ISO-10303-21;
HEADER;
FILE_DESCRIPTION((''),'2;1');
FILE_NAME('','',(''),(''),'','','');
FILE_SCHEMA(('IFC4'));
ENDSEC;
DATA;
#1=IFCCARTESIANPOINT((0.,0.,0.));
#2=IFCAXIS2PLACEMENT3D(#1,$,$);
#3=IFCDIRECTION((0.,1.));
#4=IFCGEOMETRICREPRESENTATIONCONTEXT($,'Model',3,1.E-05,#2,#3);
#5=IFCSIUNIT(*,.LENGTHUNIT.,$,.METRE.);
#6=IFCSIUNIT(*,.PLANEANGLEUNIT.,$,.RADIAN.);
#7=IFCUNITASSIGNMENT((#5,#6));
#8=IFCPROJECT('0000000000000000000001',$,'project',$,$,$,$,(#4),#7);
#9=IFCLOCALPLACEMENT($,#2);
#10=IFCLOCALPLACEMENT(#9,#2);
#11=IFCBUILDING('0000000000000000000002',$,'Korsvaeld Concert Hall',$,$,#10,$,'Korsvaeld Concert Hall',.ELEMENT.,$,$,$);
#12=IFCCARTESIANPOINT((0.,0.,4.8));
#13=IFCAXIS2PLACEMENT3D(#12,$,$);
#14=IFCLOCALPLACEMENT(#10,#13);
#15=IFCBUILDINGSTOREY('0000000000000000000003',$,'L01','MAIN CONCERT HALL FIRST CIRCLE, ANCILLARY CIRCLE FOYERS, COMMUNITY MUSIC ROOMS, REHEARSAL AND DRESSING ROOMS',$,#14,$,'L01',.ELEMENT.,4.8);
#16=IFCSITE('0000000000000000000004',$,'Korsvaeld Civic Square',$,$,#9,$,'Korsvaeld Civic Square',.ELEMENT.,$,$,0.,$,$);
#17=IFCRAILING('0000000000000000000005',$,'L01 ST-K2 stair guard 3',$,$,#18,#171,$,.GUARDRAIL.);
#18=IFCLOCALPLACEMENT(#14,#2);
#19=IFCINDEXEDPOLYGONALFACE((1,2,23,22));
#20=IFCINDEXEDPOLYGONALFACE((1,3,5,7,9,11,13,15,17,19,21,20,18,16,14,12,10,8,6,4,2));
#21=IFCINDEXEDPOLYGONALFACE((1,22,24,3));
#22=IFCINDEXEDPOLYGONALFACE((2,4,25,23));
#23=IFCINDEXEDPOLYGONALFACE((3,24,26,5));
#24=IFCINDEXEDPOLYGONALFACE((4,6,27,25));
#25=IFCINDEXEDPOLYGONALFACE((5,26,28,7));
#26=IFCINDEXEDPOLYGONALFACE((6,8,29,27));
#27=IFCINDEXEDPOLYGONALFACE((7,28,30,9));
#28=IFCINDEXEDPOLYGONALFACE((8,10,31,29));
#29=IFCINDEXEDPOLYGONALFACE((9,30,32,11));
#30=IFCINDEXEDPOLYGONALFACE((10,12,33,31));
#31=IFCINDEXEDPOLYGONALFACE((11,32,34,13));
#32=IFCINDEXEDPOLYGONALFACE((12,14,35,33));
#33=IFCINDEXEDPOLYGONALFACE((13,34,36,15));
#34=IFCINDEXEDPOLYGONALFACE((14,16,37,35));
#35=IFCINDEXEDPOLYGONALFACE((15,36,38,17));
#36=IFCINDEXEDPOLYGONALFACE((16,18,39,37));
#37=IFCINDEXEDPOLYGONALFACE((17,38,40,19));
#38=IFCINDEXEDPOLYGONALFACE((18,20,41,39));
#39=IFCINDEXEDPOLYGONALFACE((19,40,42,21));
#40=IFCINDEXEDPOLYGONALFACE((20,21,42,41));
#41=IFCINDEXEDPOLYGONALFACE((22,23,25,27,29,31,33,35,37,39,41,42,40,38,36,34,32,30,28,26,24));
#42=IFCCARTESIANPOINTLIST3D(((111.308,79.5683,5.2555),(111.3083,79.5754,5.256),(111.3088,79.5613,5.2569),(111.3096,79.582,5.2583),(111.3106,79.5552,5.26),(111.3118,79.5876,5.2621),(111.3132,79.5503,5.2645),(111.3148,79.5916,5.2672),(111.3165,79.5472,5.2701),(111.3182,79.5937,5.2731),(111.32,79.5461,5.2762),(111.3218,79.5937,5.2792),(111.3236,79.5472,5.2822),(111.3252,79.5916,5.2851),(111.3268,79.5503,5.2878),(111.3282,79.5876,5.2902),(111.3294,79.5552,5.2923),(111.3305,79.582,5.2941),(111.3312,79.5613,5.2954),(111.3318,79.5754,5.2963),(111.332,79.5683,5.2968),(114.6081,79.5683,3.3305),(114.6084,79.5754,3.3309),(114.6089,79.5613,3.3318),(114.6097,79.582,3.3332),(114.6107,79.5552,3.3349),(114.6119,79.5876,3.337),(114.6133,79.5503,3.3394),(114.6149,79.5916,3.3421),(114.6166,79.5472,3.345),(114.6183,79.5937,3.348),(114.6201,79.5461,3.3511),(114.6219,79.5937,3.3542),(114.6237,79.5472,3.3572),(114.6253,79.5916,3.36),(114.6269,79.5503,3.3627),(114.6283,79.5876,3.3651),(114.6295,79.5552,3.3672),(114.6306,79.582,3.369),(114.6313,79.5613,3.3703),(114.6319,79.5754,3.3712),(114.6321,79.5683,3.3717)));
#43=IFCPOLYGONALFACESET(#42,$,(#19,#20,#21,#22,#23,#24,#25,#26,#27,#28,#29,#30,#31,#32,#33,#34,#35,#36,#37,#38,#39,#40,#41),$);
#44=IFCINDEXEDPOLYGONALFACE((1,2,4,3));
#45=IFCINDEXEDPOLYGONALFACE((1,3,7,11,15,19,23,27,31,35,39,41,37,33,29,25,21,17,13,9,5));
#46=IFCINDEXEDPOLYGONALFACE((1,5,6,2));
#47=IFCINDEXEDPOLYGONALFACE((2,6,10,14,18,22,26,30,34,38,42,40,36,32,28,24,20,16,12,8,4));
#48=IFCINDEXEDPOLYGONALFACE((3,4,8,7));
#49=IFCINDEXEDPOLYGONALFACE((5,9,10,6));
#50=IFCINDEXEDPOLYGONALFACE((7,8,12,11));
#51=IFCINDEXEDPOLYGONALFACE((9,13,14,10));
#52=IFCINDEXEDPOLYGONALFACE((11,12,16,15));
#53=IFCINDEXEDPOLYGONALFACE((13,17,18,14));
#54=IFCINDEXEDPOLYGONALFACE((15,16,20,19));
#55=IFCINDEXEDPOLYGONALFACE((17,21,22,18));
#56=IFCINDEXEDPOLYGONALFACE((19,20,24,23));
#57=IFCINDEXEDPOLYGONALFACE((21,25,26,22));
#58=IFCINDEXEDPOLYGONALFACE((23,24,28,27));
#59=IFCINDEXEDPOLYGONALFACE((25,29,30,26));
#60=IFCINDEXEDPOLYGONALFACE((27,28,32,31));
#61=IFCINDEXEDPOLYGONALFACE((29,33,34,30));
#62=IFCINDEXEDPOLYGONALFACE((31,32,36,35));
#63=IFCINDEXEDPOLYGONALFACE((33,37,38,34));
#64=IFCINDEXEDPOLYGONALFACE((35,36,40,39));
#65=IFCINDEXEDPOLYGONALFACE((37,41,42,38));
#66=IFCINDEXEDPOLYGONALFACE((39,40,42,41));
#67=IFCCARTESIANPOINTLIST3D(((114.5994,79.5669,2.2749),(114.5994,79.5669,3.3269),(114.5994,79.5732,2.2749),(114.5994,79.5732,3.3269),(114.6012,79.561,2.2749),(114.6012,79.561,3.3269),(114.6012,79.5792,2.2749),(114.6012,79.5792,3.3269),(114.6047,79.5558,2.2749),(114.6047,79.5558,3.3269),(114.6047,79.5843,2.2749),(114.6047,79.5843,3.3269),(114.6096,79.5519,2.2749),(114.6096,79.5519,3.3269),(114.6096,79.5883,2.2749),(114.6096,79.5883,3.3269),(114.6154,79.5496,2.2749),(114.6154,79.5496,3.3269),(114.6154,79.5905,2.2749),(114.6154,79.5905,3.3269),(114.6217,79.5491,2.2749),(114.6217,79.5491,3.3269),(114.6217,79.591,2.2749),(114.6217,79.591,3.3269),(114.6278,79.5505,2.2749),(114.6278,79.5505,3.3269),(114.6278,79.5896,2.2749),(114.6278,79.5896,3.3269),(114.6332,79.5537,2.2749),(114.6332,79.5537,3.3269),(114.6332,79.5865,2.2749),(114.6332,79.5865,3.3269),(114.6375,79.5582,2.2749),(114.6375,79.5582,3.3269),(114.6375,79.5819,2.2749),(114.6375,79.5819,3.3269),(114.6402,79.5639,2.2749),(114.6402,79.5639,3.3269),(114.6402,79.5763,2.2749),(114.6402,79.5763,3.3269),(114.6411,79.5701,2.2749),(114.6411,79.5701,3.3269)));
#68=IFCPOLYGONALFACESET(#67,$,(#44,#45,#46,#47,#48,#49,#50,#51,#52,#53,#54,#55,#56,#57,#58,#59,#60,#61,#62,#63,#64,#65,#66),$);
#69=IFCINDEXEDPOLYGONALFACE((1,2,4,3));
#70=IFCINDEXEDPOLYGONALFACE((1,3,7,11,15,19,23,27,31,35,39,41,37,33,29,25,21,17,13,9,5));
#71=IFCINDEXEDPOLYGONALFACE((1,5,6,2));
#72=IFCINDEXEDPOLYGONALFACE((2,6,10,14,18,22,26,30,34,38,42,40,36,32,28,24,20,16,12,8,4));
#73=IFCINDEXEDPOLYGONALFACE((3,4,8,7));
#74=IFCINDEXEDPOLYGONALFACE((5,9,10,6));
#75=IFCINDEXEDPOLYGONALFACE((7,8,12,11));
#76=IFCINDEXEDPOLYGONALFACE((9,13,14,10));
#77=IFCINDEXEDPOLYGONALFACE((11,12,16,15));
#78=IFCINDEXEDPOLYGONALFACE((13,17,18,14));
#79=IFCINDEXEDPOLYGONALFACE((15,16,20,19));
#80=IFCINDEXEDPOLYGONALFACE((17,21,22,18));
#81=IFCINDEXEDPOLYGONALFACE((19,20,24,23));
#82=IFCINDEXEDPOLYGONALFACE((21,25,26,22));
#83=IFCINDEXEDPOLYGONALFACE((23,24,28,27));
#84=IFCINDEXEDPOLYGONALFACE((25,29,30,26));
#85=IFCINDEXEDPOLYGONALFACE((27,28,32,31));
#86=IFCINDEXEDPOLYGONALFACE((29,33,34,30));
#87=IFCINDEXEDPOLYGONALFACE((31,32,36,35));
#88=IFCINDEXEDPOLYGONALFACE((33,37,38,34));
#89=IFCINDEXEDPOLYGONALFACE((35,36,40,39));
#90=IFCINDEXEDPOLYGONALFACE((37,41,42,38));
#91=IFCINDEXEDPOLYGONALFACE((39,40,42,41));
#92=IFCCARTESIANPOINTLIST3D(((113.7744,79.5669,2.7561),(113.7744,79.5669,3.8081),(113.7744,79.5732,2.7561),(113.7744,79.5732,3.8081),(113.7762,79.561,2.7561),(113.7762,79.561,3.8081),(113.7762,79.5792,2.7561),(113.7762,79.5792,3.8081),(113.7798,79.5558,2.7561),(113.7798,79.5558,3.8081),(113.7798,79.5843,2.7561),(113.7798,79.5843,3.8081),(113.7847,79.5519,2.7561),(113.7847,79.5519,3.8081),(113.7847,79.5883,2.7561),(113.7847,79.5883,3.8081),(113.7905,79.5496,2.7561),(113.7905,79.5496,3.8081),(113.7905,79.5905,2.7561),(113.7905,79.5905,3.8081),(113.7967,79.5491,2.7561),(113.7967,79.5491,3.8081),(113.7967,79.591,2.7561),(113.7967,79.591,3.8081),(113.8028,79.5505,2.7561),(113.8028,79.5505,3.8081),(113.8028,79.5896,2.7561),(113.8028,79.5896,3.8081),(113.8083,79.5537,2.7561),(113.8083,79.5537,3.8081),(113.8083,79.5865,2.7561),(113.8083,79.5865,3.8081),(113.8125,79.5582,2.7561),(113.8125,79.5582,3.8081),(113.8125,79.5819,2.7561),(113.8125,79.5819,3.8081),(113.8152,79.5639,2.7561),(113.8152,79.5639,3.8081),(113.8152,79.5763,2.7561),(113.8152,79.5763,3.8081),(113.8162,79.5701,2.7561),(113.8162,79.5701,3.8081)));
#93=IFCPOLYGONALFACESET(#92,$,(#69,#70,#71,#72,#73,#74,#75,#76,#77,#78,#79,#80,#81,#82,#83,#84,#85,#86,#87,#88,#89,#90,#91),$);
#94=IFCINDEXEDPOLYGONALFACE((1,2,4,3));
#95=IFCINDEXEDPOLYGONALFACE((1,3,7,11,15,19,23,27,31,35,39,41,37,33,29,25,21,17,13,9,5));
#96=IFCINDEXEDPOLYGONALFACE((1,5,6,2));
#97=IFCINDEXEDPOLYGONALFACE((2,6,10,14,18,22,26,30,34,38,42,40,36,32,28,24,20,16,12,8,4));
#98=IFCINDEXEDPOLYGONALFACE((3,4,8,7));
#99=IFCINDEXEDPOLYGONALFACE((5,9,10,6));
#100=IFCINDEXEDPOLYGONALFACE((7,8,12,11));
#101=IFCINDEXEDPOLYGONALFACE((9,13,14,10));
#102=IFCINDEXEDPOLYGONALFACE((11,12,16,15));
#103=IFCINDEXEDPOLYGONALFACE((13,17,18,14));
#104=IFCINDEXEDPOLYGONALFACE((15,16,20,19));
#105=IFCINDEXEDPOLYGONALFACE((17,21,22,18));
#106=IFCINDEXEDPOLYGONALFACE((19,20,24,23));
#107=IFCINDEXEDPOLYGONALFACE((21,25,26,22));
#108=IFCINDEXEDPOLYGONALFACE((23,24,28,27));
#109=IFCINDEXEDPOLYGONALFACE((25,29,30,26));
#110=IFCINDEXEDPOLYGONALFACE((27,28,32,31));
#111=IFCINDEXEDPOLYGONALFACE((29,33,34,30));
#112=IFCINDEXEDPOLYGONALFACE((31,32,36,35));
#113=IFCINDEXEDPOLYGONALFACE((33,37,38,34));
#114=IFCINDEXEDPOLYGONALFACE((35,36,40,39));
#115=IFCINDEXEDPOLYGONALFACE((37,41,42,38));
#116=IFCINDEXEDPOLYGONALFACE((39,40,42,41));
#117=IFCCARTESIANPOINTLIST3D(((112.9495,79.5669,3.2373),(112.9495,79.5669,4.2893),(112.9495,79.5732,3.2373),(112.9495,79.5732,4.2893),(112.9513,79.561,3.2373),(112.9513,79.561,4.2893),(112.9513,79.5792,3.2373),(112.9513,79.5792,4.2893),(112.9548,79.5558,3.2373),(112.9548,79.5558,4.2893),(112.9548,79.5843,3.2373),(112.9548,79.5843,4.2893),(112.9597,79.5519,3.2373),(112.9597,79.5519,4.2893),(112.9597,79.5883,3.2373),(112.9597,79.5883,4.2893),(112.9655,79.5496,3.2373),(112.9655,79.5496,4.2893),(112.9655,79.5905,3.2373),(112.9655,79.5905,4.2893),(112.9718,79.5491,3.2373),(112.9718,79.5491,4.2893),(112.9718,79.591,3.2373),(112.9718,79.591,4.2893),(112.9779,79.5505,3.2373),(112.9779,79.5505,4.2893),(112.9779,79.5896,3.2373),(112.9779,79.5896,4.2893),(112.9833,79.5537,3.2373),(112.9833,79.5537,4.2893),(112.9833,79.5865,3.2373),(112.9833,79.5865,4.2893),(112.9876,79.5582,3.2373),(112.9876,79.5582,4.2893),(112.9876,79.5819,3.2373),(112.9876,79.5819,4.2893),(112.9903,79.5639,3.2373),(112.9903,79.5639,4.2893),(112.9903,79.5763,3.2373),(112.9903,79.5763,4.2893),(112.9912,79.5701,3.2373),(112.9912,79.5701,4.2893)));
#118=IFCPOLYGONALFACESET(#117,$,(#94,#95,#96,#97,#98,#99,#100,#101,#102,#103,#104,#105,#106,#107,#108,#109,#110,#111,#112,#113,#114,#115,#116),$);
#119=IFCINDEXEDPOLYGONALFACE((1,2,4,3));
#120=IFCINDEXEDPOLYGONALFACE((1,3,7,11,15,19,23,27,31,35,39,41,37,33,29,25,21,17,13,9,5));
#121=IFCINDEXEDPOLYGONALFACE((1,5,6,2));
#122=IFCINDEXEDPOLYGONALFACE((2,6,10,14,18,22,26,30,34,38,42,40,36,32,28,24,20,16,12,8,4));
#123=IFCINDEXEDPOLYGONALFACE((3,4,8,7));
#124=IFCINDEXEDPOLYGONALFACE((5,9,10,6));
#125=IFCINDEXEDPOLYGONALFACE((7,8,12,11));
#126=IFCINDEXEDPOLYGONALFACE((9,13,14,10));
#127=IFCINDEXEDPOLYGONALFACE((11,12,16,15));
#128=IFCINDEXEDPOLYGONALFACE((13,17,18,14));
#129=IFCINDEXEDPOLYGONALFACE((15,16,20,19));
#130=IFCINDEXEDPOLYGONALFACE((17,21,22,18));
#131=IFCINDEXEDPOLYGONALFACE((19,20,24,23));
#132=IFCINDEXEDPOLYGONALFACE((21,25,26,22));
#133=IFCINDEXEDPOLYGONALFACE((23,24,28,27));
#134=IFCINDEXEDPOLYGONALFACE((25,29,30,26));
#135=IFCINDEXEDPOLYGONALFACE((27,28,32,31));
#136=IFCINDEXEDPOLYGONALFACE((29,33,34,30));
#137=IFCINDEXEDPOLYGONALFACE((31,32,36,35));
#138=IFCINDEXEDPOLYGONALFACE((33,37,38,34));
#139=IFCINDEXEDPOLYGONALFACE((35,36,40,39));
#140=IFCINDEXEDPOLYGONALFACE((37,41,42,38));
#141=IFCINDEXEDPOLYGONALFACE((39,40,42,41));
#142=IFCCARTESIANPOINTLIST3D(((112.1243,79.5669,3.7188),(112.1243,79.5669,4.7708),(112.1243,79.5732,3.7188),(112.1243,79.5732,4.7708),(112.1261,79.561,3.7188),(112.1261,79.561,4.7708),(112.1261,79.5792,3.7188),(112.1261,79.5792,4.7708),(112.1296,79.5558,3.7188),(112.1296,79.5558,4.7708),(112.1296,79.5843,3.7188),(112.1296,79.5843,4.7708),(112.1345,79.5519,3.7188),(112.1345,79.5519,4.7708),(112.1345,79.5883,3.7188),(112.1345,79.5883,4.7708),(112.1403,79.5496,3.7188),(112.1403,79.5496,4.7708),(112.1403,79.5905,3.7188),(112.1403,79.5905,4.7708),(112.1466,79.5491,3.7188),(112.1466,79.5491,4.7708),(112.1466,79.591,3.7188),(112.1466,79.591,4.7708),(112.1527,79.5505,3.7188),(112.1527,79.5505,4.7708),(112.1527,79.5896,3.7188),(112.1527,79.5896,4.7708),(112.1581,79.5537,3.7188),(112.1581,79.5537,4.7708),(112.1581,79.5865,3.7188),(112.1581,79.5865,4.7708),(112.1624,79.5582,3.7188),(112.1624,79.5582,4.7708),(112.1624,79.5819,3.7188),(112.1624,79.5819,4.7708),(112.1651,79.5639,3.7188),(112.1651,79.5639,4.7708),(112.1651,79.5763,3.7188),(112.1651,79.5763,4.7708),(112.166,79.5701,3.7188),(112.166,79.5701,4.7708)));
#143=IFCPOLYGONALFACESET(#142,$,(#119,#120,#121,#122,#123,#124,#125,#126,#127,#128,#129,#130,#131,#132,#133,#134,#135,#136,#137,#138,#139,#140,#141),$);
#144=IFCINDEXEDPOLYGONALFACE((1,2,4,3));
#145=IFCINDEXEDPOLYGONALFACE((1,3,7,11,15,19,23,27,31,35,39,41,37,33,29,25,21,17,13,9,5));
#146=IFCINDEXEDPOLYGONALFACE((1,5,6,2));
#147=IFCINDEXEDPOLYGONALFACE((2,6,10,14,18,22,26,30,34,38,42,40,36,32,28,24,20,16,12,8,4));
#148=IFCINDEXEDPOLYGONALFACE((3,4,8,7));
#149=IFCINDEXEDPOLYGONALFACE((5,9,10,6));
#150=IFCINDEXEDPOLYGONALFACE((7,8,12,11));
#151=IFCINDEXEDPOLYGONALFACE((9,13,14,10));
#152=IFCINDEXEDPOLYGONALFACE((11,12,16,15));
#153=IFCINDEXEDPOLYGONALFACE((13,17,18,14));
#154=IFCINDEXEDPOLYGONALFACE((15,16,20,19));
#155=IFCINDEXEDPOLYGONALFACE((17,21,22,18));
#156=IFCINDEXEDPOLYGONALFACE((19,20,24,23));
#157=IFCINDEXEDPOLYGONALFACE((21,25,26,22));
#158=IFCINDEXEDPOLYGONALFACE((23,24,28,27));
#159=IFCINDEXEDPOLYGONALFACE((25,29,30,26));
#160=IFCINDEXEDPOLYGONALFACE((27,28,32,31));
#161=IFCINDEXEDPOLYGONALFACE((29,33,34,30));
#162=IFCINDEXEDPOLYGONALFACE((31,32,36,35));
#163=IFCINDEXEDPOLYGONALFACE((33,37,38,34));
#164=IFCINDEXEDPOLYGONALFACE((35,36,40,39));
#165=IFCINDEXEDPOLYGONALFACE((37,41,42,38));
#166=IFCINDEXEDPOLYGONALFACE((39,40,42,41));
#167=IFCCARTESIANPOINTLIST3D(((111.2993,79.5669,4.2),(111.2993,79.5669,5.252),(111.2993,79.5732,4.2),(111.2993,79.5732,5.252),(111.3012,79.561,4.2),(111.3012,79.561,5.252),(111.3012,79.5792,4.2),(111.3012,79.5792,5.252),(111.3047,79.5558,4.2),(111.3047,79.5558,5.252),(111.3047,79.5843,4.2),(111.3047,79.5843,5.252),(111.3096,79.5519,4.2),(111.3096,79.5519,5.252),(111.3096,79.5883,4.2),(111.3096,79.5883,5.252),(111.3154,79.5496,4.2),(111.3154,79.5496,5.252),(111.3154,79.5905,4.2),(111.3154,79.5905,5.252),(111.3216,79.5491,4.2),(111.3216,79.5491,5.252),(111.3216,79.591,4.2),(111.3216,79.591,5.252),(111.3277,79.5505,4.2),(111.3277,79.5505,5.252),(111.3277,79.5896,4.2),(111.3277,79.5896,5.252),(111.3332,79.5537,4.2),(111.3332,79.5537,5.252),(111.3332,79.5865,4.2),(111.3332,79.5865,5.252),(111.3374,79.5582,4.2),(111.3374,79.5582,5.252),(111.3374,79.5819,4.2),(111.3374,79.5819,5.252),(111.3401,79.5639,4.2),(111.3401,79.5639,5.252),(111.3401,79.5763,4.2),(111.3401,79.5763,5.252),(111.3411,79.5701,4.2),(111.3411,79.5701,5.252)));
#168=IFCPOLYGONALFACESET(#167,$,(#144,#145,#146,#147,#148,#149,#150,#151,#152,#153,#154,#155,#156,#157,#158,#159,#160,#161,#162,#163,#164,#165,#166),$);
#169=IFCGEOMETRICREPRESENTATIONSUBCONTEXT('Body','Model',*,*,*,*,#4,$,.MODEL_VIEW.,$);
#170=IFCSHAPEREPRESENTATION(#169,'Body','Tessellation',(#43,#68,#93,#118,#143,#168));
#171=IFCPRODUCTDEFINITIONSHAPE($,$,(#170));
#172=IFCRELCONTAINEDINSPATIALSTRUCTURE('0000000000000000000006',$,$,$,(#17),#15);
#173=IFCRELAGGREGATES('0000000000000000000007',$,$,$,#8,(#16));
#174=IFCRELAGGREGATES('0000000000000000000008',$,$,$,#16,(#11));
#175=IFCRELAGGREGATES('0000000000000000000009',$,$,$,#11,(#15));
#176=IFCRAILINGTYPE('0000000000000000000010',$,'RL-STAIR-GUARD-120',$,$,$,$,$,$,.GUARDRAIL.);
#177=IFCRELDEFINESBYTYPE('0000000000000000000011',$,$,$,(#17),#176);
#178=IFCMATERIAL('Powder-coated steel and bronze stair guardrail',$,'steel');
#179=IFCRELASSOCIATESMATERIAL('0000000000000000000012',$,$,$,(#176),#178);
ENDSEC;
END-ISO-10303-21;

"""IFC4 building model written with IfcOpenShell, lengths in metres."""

from ifc_helpers import new_model, si_unit, direction, frame, origin, origin_2d, place, context, subcontext, project, spatial, circle, extrude, material, type_object, element, save


model = new_model("IFC4")

# Units and contexts
model_context = context("Model", 3, precision=1e-05, world=origin(), true_north=direction((0.0, 1.0)))
body_context = subcontext(model_context, "Body", "Model", "MODEL_VIEW")
ifc_project = project(units=[si_unit("LENGTHUNIT", "METRE"), si_unit("PLANEANGLEUNIT", "RADIAN")], contexts=[model_context])

# Site, building, storey
site_placement = place(None, origin())
site = spatial("IfcSite", under=ifc_project, at=site_placement, Name="Korsvaeld Civic Square", LongName="Korsvaeld Civic Square", CompositionType="ELEMENT", RefElevation=0.0)
building_placement = place(site_placement, origin())
building = spatial("IfcBuilding", under=site, at=building_placement, Name="Korsvaeld Concert Hall", LongName="Korsvaeld Concert Hall", CompositionType="ELEMENT")
storey_placement = place(building_placement, frame((0.0, 0.0, 4.8)))
storey = spatial("IfcBuildingStorey", under=building, at=storey_placement, Name="L01", Description="MAIN CONCERT HALL FIRST CIRCLE, ANCILLARY CIRCLE FOYERS, COMMUNITY MUSIC ROOMS, REHEARSAL AND DRESSING ROOMS", LongName="L01", CompositionType="ELEMENT", Elevation=4.8)

# Railing
ifc_material_1 = material(Name="Powder-coated steel and bronze stair guardrail", Category="steel")
railing_type_1 = type_object("IfcRailingType", Name="RL-STAIR-GUARD-120", PredefinedType="GUARDRAIL", material=ifc_material_1)
railing_1_placement = place(storey_placement, frame((114.6201, 79.5701, 2.2749)))
element("IfcRailing", 1, at=railing_1_placement, inside=storey, type_object=railing_type_1, Name="L01 ST-K2 stair guard 3", PredefinedType="GUARDRAIL", context=body_context, shape_type="SweptSolid", body=[
    extrude(circle(Radius=0.0239, at=origin_2d()), frame((0.0, 0.0, 1.0762), z_axis=(-0.863777, 0.0, 0.503875), x_axis=(0.0, -1.0, 0.0)), (0.0, 0.0, 1.0), 3.8206),
    extrude(circle(Radius=0.021, at=origin_2d()), origin(), (0.0, 0.0, 1.0), 1.052),
    extrude(circle(Radius=0.021, at=origin_2d()), frame((-0.825, 0.0, 0.4812)), (0.0, 0.0, 1.0), 1.052),
    extrude(circle(Radius=0.021, at=origin_2d()), frame((-1.6499, 0.0, 0.9624)), (0.0, 0.0, 1.0), 1.052),
    extrude(circle(Radius=0.021, at=origin_2d()), frame((-2.4751, 0.0, 1.4438)), (0.0, 0.0, 1.0), 1.052),
    extrude(circle(Radius=0.021, at=origin_2d()), frame((-3.3, 0.0, 1.925)), (0.0, 0.0, 1.0), 1.052),
])

save(model, "model.ifc")
